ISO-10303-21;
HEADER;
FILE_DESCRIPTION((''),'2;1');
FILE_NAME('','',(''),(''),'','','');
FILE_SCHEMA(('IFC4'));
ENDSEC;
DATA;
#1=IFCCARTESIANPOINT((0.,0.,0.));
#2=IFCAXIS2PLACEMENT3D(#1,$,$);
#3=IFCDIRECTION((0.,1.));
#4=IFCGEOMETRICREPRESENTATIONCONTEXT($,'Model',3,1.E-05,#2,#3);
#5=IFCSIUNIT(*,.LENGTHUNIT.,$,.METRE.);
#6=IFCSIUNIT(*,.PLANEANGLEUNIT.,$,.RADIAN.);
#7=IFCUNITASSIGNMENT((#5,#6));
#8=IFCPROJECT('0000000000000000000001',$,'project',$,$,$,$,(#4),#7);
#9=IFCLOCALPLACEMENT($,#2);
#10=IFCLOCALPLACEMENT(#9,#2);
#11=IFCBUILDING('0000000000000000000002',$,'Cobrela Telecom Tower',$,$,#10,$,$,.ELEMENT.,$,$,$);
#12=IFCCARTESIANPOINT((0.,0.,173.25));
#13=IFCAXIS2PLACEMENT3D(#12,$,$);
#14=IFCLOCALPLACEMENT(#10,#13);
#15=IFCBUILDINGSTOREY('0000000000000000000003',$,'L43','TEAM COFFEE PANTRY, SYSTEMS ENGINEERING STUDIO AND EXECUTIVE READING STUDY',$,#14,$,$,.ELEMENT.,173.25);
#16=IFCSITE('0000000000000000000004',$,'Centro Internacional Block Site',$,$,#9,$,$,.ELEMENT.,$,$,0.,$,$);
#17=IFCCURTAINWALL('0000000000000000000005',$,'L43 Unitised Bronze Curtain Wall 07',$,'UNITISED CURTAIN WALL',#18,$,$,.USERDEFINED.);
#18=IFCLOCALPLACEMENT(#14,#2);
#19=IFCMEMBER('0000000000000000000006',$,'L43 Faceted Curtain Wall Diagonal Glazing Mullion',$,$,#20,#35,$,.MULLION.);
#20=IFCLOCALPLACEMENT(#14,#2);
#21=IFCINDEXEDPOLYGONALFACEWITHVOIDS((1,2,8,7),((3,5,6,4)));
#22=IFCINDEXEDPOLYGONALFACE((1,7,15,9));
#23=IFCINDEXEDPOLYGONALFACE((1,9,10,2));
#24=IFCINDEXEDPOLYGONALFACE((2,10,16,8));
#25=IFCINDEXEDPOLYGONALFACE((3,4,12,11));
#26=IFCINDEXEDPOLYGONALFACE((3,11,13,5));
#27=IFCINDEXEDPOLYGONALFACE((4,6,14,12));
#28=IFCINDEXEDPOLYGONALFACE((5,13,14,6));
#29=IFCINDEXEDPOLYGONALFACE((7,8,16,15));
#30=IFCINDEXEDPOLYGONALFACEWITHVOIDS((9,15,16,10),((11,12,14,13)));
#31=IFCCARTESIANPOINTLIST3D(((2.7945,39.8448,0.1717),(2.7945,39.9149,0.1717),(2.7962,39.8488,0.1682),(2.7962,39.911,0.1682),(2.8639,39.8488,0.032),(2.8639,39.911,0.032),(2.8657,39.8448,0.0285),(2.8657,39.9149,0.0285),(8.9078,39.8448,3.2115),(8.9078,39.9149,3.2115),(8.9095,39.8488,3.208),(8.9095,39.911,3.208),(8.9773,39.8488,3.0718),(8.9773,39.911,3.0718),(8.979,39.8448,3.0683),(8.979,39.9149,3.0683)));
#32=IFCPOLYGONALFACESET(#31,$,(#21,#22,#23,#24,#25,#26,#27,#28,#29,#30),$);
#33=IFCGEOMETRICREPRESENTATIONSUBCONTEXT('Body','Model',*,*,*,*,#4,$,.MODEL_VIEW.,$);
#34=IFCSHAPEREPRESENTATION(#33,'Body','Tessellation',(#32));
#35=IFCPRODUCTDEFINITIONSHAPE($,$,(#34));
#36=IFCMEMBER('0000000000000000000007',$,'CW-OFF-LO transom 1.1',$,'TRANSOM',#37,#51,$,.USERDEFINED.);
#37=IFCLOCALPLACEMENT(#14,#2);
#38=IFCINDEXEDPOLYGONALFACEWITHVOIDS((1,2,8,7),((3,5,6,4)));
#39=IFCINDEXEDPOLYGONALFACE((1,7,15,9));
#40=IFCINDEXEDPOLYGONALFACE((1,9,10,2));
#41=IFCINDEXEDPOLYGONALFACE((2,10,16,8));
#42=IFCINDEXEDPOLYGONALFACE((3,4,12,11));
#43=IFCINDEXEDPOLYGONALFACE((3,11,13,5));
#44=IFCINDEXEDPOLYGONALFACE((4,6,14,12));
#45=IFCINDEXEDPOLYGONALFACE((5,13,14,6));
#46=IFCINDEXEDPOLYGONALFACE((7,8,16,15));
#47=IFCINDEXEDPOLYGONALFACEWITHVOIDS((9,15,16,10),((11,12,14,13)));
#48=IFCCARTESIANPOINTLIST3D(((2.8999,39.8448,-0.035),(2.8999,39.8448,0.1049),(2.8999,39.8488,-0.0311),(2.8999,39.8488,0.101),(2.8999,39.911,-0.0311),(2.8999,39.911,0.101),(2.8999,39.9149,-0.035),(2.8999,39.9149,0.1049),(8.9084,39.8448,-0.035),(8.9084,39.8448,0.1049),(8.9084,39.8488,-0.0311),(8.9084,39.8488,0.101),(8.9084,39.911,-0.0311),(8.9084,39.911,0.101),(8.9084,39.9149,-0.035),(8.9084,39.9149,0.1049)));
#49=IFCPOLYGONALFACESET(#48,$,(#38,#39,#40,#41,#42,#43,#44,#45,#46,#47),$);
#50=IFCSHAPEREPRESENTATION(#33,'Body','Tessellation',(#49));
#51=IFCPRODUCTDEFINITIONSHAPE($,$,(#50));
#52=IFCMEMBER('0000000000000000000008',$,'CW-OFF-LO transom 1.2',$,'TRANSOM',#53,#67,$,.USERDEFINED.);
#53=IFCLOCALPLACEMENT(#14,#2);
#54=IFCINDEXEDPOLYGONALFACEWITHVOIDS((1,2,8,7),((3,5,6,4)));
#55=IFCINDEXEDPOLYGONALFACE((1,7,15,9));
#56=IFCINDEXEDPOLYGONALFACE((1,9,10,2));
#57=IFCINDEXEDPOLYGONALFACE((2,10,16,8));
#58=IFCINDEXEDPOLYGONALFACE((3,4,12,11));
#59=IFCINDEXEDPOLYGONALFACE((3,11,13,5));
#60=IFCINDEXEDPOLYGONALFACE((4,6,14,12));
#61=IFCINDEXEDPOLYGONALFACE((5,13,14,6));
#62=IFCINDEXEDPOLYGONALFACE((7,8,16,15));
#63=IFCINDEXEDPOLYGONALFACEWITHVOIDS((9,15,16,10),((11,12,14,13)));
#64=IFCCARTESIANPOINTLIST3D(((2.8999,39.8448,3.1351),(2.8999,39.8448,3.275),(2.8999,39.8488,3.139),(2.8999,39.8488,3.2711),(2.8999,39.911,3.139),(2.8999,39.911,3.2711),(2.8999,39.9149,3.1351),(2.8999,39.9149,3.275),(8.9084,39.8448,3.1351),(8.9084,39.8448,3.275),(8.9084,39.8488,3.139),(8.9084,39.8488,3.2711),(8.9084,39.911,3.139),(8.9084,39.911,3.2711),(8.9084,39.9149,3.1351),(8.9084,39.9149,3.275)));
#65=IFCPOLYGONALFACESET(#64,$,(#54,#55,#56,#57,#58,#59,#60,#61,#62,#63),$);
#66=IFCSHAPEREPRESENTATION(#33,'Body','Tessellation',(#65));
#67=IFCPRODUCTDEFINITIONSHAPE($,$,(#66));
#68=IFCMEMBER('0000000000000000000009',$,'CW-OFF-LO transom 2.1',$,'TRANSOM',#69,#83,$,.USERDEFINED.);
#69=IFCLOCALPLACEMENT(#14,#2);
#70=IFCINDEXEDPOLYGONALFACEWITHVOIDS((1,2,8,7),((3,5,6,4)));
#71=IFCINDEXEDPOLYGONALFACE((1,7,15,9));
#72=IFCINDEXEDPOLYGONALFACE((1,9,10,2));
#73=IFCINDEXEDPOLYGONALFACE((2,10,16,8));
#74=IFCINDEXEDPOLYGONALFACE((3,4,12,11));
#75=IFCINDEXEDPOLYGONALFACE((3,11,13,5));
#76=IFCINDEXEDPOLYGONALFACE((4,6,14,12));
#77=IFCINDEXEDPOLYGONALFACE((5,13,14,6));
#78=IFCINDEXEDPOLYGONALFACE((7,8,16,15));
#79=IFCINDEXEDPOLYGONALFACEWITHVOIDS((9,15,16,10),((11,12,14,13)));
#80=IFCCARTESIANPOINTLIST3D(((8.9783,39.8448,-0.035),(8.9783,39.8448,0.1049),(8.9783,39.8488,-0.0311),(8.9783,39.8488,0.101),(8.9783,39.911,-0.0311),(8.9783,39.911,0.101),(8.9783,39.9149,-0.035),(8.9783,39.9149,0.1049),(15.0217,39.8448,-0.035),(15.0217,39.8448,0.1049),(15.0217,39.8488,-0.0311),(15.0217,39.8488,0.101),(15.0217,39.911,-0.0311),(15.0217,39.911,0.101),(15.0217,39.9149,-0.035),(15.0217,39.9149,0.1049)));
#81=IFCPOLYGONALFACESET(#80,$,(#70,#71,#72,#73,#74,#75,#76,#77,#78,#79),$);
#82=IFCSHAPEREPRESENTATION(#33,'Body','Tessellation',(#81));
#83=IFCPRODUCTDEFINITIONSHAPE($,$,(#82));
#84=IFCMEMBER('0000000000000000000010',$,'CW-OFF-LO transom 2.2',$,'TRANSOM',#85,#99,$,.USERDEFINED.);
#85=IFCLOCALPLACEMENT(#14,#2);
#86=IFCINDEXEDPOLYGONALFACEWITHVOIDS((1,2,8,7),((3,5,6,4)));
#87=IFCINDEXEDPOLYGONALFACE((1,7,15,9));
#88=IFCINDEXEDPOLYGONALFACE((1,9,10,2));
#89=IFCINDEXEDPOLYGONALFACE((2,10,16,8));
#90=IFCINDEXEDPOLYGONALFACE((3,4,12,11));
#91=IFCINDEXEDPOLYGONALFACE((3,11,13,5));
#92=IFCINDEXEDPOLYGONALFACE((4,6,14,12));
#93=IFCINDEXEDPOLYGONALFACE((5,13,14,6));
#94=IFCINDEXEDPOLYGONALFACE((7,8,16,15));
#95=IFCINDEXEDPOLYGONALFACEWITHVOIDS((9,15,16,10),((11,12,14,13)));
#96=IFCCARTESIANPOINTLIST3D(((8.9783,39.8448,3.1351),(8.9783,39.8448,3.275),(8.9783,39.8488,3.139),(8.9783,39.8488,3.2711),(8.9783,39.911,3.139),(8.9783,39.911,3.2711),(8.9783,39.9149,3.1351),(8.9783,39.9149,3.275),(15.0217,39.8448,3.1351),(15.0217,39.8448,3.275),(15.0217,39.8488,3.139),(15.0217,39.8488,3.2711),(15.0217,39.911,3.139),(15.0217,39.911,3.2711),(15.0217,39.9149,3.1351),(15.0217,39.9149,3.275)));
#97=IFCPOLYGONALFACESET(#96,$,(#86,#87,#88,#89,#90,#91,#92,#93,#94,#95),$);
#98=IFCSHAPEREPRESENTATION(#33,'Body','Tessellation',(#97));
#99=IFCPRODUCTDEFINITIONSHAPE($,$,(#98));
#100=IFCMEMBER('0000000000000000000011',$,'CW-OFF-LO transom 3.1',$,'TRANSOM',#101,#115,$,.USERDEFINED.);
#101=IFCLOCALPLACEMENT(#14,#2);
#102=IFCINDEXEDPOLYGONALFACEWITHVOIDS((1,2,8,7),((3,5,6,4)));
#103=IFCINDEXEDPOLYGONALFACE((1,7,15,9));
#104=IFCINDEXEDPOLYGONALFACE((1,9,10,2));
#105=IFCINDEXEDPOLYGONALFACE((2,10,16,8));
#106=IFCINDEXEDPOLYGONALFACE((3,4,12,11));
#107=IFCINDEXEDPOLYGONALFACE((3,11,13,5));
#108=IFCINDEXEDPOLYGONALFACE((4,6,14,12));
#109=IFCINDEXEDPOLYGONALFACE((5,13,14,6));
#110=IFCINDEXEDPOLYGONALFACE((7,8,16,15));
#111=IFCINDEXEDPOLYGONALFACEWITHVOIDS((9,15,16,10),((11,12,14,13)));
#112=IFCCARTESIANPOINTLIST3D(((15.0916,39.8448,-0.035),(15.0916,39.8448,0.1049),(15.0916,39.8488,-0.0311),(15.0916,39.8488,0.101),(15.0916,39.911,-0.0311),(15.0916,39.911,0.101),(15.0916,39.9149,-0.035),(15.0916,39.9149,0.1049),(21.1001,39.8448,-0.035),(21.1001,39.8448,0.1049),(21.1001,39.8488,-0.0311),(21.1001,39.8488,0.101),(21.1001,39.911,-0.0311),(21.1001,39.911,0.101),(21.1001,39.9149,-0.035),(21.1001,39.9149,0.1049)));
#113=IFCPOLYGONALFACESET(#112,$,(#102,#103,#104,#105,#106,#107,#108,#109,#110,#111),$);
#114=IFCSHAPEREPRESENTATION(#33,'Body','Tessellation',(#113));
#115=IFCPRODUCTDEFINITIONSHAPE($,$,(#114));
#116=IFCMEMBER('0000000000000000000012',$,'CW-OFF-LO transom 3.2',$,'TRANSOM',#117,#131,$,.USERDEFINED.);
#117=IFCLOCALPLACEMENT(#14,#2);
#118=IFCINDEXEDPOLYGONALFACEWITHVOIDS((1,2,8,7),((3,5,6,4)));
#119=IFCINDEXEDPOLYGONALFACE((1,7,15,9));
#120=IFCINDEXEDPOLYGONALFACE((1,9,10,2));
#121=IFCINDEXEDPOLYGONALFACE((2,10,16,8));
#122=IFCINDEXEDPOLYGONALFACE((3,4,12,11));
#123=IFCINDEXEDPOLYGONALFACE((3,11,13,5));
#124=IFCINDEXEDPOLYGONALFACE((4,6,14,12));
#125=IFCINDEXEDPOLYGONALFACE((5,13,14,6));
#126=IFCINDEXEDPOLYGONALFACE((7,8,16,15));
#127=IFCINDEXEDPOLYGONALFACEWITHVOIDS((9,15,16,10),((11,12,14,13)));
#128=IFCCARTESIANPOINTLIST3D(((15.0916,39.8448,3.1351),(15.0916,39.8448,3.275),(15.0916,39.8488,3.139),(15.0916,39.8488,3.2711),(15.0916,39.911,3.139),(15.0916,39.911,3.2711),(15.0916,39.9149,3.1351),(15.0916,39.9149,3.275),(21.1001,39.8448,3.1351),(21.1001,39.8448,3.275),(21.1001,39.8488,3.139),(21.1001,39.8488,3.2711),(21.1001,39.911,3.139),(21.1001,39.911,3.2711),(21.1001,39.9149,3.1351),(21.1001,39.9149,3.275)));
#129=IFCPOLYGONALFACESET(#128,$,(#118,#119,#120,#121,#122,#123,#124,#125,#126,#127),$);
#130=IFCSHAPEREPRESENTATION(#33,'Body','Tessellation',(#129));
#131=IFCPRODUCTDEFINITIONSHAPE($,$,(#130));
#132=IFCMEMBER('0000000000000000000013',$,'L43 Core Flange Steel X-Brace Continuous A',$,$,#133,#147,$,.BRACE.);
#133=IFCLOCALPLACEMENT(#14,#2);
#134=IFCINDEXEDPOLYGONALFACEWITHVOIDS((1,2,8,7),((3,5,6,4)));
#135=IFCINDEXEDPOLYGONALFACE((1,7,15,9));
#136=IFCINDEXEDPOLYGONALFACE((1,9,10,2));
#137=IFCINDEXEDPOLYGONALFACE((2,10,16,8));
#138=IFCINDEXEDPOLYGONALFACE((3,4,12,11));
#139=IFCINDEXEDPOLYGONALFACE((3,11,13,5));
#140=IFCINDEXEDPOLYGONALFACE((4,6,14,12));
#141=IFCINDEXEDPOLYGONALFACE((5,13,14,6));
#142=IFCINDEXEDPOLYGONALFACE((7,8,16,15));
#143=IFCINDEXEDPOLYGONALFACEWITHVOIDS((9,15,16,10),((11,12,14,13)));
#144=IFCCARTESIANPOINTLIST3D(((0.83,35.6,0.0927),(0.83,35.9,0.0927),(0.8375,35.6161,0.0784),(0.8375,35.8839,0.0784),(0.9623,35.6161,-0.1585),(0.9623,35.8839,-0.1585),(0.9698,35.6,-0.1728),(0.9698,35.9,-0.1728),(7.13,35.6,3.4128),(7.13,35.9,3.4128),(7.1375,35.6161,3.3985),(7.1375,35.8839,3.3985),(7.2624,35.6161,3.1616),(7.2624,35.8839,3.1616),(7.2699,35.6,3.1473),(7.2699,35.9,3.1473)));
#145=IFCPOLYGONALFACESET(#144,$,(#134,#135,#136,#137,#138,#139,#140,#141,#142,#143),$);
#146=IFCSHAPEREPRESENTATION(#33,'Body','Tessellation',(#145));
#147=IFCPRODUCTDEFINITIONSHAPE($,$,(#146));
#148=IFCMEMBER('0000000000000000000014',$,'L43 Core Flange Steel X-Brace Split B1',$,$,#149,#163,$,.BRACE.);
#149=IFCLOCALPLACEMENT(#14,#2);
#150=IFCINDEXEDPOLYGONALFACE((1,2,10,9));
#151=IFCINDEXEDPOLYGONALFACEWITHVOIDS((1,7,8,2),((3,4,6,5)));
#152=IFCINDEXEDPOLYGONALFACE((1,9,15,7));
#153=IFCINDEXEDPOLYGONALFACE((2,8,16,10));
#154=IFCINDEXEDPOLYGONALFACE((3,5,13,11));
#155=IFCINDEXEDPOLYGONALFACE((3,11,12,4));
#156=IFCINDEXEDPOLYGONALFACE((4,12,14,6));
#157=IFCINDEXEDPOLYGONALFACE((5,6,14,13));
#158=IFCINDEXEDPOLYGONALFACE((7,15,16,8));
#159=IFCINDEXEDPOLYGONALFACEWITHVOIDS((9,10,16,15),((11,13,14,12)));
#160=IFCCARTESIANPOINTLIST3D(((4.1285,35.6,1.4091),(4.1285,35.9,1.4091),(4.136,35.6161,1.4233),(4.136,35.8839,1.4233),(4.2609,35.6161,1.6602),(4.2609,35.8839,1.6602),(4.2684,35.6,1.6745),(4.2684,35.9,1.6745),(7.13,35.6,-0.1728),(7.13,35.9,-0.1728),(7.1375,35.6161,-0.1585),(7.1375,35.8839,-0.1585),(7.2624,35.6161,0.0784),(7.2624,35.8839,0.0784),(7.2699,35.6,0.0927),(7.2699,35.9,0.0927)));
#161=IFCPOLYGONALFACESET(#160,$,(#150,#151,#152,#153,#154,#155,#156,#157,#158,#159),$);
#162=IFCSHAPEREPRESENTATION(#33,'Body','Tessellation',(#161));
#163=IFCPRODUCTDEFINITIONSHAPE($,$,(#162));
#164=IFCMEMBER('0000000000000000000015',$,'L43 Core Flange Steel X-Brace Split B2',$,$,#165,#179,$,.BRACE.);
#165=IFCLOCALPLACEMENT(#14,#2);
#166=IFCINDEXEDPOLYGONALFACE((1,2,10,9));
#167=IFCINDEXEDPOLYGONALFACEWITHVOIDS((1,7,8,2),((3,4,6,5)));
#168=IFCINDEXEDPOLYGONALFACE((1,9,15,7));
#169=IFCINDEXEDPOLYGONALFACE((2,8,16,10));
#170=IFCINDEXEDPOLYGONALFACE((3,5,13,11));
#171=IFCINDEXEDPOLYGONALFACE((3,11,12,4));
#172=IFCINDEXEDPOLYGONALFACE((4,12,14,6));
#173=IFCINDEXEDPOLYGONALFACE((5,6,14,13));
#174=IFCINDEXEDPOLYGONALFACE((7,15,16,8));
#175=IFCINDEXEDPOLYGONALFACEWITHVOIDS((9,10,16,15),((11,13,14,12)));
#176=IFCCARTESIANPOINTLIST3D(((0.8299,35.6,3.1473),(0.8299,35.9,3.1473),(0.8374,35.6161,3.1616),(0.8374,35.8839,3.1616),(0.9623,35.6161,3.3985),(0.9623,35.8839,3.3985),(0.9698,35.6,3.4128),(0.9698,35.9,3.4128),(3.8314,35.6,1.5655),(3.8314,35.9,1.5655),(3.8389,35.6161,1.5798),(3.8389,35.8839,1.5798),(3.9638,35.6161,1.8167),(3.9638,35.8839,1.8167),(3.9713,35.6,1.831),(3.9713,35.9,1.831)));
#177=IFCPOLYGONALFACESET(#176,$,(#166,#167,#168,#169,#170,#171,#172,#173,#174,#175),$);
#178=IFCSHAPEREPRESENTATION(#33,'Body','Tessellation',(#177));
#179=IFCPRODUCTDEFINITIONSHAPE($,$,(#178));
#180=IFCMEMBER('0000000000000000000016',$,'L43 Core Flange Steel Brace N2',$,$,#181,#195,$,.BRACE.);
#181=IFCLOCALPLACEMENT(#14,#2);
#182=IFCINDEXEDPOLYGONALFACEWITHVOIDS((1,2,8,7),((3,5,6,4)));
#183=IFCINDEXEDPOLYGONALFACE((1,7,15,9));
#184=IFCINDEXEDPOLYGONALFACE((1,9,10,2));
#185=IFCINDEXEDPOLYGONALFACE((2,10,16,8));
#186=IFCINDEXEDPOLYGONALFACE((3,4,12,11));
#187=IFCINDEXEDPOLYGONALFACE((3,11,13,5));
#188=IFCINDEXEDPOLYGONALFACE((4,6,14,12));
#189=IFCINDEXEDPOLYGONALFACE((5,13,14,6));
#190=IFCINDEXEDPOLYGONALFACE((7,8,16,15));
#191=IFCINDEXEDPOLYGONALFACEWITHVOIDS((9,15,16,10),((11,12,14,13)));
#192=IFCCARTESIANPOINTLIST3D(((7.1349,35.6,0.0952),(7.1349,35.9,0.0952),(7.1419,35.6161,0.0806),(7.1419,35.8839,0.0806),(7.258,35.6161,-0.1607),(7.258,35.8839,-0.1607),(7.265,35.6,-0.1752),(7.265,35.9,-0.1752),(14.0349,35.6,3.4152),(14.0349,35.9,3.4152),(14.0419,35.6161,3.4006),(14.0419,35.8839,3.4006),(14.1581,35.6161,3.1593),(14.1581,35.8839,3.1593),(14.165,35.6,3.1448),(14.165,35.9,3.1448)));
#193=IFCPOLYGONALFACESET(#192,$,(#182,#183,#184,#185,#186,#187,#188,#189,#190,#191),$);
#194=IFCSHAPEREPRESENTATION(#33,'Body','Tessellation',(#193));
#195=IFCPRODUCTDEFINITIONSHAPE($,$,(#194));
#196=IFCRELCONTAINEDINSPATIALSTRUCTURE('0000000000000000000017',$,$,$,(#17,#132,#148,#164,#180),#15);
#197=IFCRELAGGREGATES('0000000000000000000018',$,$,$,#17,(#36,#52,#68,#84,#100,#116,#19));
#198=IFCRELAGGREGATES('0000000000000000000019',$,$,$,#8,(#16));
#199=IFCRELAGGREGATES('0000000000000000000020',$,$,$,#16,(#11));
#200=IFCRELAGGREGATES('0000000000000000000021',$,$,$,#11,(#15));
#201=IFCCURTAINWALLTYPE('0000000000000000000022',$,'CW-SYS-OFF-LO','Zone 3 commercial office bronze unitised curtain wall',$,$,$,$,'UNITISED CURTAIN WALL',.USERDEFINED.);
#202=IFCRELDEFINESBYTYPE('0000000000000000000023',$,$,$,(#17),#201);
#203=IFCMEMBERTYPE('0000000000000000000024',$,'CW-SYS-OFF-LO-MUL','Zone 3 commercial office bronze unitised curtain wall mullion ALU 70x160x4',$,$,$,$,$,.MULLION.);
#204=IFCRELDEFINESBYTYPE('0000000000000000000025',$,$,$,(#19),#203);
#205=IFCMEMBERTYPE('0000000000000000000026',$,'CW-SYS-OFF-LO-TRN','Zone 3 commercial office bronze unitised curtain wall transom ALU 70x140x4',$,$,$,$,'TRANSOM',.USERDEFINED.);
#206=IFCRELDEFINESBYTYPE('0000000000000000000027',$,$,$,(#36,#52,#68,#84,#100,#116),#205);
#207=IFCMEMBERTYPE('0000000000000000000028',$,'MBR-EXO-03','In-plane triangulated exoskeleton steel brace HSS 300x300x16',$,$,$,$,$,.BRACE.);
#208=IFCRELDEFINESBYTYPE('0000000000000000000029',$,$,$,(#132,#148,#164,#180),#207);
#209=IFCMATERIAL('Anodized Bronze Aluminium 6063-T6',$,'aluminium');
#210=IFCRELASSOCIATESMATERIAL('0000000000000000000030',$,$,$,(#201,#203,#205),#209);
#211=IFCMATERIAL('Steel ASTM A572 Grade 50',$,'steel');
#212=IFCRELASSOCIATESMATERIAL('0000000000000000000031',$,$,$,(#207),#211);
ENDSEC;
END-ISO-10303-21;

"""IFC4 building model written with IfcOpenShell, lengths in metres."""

from ifc_helpers import new_model, si_unit, direction, frame, origin, origin_2d, place, context, subcontext, project, spatial, hollow_rectangle, extrude, material, material_profile, profile_set, type_object, element, aggregate, save


model = new_model("IFC4")

# Units and contexts
model_context = context("Model", 3, precision=1e-05, world=origin(), true_north=direction((0.0, 1.0)))
body_context = subcontext(model_context, "Body", "Model", "MODEL_VIEW")
ifc_project = project(units=[si_unit("LENGTHUNIT", "METRE"), si_unit("PLANEANGLEUNIT", "RADIAN")], contexts=[model_context])

# Site, building, storey
site_placement = place(None, origin())
site = spatial("IfcSite", under=ifc_project, at=site_placement, Name="Centro Internacional Block Site", CompositionType="ELEMENT", RefElevation=0.0)
building_placement = place(site_placement, origin())
building = spatial("IfcBuilding", under=site, at=building_placement, Name="Cobrela Telecom Tower", CompositionType="ELEMENT")
storey_placement = place(building_placement, frame((0.0, 0.0, 173.25)))
storey = spatial("IfcBuildingStorey", under=building, at=storey_placement, Name="L43", Description="TEAM COFFEE PANTRY, SYSTEMS ENGINEERING STUDIO AND EXECUTIVE READING STUDY", CompositionType="ELEMENT", Elevation=173.25)

# Shared definitions
ifc_material_1 = material(Name="Steel ASTM A572 Grade 50", Category="steel")

# Curtain wall, members
ifc_material_2 = material(Name="Anodized Bronze Aluminium 6063-T6", Category="aluminium")
curtain_wall_type = type_object("IfcCurtainWallType", Name="CW-SYS-OFF-LO", Description="Zone 3 commercial office bronze unitised curtain wall", ElementType="UNITISED CURTAIN WALL", PredefinedType="USERDEFINED", material=ifc_material_2)
curtain_wall_placement = place(storey_placement, origin())
curtain_wall = element("IfcCurtainWall", 1, at=curtain_wall_placement, inside=storey, type_object=curtain_wall_type, Name="L43 Unitised Bronze Curtain Wall 07", ObjectType="UNITISED CURTAIN WALL", PredefinedType="USERDEFINED")
ifc_material_profile_1 = material_profile(ifc_material_2, hollow_rectangle(XDim=0.0701, YDim=0.1599, WallThickness=0.0039, at=origin_2d()), Name="ALU 70x160x4")
ifc_profile_set_1 = profile_set([ifc_material_profile_1], Name="Anodized Bronze Aluminium 6063-T6")
member_type_1 = type_object("IfcMemberType", Name="CW-SYS-OFF-LO-MUL", Description="Zone 3 commercial office bronze unitised curtain wall mullion ALU 70x160x4", PredefinedType="MULLION", material=ifc_profile_set_1)
member_1_placement = place(storey_placement, frame((2.8301, 39.8799, 0.1001), z_axis=(0.895412, 0.0, 0.445239), x_axis=(0.0, 1.0, 0.0)))
member_1 = element("IfcMember", 2, at=member_1_placement, type_object=member_type_1, Name="L43 Faceted Curtain Wall Diagonal Glazing Mullion", PredefinedType="MULLION", context=body_context, shape_type="SweptSolid", body=[
    extrude(hollow_rectangle(XDim=0.0701, YDim=0.1599, WallThickness=0.0039, at=origin_2d()), origin(), (0.0, 0.0, 1.0), 6.8274),
])
ifc_material_profile_2 = material_profile(ifc_material_2, hollow_rectangle(XDim=0.0701, YDim=0.1399, WallThickness=0.0039, at=origin_2d()), Name="ALU 70x140x4")
ifc_profile_set_2 = profile_set([ifc_material_profile_2], Name="Anodized Bronze Aluminium 6063-T6")
member_type_2 = type_object("IfcMemberType", Name="CW-SYS-OFF-LO-TRN", Description="Zone 3 commercial office bronze unitised curtain wall transom ALU 70x140x4", ElementType="TRANSOM", PredefinedType="USERDEFINED", material=ifc_profile_set_2)
member_2_placement = place(storey_placement, frame((2.8999, 39.8799, 0.0349), z_axis=(1.0, 0.0, 0.0), x_axis=(0.0, 1.0, 0.0)))
member_2 = element("IfcMember", 3, at=member_2_placement, type_object=member_type_2, Name="CW-OFF-LO transom 1.1", ObjectType="TRANSOM", PredefinedType="USERDEFINED", context=body_context, shape_type="SweptSolid", body=[
    extrude(hollow_rectangle(XDim=0.0701, YDim=0.1399, WallThickness=0.0039, at=origin_2d()), origin(), (0.0, 0.0, 1.0), 6.0085),
])
member_3_placement = place(storey_placement, frame((2.8999, 39.8799, 3.2051), z_axis=(1.0, 0.0, 0.0), x_axis=(0.0, 1.0, 0.0)))
member_3 = element("IfcMember", 4, at=member_3_placement, type_object=member_type_2, Name="CW-OFF-LO transom 1.2", ObjectType="TRANSOM", PredefinedType="USERDEFINED", context=body_context, shape_type="SweptSolid", body=[
    extrude(hollow_rectangle(XDim=0.0701, YDim=0.1399, WallThickness=0.0039, at=origin_2d()), origin(), (0.0, 0.0, 1.0), 6.0085),
])
member_4_placement = place(storey_placement, frame((8.9783, 39.8799, 0.0349), z_axis=(1.0, 0.0, 0.0), x_axis=(0.0, 1.0, 0.0)))
member_4 = element("IfcMember", 5, at=member_4_placement, type_object=member_type_2, Name="CW-OFF-LO transom 2.1", ObjectType="TRANSOM", PredefinedType="USERDEFINED", context=body_context, shape_type="SweptSolid", body=[
    extrude(hollow_rectangle(XDim=0.0701, YDim=0.1399, WallThickness=0.0039, at=origin_2d()), origin(), (0.0, 0.0, 1.0), 6.0435),
])
member_5_placement = place(storey_placement, frame((8.9783, 39.8799, 3.2051), z_axis=(1.0, 0.0, 0.0), x_axis=(0.0, 1.0, 0.0)))
member_5 = element("IfcMember", 6, at=member_5_placement, type_object=member_type_2, Name="CW-OFF-LO transom 2.2", ObjectType="TRANSOM", PredefinedType="USERDEFINED", context=body_context, shape_type="SweptSolid", body=[
    extrude(hollow_rectangle(XDim=0.0701, YDim=0.1399, WallThickness=0.0039, at=origin_2d()), origin(), (0.0, 0.0, 1.0), 6.0435),
])
member_6_placement = place(storey_placement, frame((15.0916, 39.8799, 0.0349), z_axis=(1.0, 0.0, 0.0), x_axis=(0.0, 1.0, 0.0)))
member_6 = element("IfcMember", 7, at=member_6_placement, type_object=member_type_2, Name="CW-OFF-LO transom 3.1", ObjectType="TRANSOM", PredefinedType="USERDEFINED", context=body_context, shape_type="SweptSolid", body=[
    extrude(hollow_rectangle(XDim=0.0701, YDim=0.1399, WallThickness=0.0039, at=origin_2d()), origin(), (0.0, 0.0, 1.0), 6.0085),
])
member_7_placement = place(storey_placement, frame((15.0916, 39.8799, 3.2051), z_axis=(1.0, 0.0, 0.0), x_axis=(0.0, 1.0, 0.0)))
member_7 = element("IfcMember", 8, at=member_7_placement, type_object=member_type_2, Name="CW-OFF-LO transom 3.2", ObjectType="TRANSOM", PredefinedType="USERDEFINED", context=body_context, shape_type="SweptSolid", body=[
    extrude(hollow_rectangle(XDim=0.0701, YDim=0.1399, WallThickness=0.0039, at=origin_2d()), origin(), (0.0, 0.0, 1.0), 6.0085),
])

# Members
ifc_material_profile_3 = material_profile(ifc_material_1, hollow_rectangle(XDim=0.3, YDim=0.3, WallThickness=0.0161, at=origin_2d()), Name="HSS 300x300x16")
ifc_profile_set_3 = profile_set([ifc_material_profile_3], Name="Steel ASTM A572 Grade 50")
member_type_3 = type_object("IfcMemberType", Name="MBR-EXO-03", Description="In-plane triangulated exoskeleton steel brace HSS 300x300x16", PredefinedType="BRACE", material=ifc_profile_set_3)
member_8_placement = place(storey_placement, frame((0.8999, 35.75, -0.04), z_axis=(0.884672, 0.0, 0.466214), x_axis=(0.0, 1.0, 0.0)))
element("IfcMember", 9, at=member_8_placement, inside=storey, type_object=member_type_3, Name="L43 Core Flange Steel X-Brace Continuous A", PredefinedType="BRACE", context=body_context, shape_type="SweptSolid", body=[
    extrude(hollow_rectangle(XDim=0.3, YDim=0.3, WallThickness=0.0161, at=origin_2d()), origin(), (0.0, 0.0, 1.0), 7.1213),
])
for number, where, z_axis, x_axis, name in (
    (10, (7.2, 35.75, -0.04), (-0.884667, 0.0, 0.466224), (0.0, -1.0, 0.0), "L43 Core Flange Steel X-Brace Split B1"),
    (11, (3.9014, 35.75, 1.6982), (-0.884667, 0.0, 0.466224), (0.0, -1.0, 0.0), "L43 Core Flange Steel X-Brace Split B2"),
):
    element("IfcMember", number, at=place(storey_placement, frame(where, z_axis=z_axis, x_axis=x_axis)), inside=storey, type_object=member_type_3, Name=name, PredefinedType="BRACE", context=body_context, shape_type="SweptSolid", body=[
        extrude(hollow_rectangle(XDim=0.3, YDim=0.3, WallThickness=0.0161, at=origin_2d()), origin(), (0.0, 0.0, 1.0), 3.3928),
    ])
member_9_placement = place(storey_placement, frame((7.2, 35.75, -0.04), z_axis=(0.901115, 0.0, 0.43358), x_axis=(0.0, 1.0, 0.0)))
element("IfcMember", 12, at=member_9_placement, inside=storey, type_object=member_type_3, Name="L43 Core Flange Steel Brace N2", PredefinedType="BRACE", context=body_context, shape_type="SweptSolid", body=[
    extrude(hollow_rectangle(XDim=0.3, YDim=0.3, WallThickness=0.0161, at=origin_2d()), origin(), (0.0, 0.0, 1.0), 7.6572),
])

aggregate(curtain_wall, [member_2, member_3, member_4, member_5, member_6, member_7, member_1])

save(model, "model.ifc")
